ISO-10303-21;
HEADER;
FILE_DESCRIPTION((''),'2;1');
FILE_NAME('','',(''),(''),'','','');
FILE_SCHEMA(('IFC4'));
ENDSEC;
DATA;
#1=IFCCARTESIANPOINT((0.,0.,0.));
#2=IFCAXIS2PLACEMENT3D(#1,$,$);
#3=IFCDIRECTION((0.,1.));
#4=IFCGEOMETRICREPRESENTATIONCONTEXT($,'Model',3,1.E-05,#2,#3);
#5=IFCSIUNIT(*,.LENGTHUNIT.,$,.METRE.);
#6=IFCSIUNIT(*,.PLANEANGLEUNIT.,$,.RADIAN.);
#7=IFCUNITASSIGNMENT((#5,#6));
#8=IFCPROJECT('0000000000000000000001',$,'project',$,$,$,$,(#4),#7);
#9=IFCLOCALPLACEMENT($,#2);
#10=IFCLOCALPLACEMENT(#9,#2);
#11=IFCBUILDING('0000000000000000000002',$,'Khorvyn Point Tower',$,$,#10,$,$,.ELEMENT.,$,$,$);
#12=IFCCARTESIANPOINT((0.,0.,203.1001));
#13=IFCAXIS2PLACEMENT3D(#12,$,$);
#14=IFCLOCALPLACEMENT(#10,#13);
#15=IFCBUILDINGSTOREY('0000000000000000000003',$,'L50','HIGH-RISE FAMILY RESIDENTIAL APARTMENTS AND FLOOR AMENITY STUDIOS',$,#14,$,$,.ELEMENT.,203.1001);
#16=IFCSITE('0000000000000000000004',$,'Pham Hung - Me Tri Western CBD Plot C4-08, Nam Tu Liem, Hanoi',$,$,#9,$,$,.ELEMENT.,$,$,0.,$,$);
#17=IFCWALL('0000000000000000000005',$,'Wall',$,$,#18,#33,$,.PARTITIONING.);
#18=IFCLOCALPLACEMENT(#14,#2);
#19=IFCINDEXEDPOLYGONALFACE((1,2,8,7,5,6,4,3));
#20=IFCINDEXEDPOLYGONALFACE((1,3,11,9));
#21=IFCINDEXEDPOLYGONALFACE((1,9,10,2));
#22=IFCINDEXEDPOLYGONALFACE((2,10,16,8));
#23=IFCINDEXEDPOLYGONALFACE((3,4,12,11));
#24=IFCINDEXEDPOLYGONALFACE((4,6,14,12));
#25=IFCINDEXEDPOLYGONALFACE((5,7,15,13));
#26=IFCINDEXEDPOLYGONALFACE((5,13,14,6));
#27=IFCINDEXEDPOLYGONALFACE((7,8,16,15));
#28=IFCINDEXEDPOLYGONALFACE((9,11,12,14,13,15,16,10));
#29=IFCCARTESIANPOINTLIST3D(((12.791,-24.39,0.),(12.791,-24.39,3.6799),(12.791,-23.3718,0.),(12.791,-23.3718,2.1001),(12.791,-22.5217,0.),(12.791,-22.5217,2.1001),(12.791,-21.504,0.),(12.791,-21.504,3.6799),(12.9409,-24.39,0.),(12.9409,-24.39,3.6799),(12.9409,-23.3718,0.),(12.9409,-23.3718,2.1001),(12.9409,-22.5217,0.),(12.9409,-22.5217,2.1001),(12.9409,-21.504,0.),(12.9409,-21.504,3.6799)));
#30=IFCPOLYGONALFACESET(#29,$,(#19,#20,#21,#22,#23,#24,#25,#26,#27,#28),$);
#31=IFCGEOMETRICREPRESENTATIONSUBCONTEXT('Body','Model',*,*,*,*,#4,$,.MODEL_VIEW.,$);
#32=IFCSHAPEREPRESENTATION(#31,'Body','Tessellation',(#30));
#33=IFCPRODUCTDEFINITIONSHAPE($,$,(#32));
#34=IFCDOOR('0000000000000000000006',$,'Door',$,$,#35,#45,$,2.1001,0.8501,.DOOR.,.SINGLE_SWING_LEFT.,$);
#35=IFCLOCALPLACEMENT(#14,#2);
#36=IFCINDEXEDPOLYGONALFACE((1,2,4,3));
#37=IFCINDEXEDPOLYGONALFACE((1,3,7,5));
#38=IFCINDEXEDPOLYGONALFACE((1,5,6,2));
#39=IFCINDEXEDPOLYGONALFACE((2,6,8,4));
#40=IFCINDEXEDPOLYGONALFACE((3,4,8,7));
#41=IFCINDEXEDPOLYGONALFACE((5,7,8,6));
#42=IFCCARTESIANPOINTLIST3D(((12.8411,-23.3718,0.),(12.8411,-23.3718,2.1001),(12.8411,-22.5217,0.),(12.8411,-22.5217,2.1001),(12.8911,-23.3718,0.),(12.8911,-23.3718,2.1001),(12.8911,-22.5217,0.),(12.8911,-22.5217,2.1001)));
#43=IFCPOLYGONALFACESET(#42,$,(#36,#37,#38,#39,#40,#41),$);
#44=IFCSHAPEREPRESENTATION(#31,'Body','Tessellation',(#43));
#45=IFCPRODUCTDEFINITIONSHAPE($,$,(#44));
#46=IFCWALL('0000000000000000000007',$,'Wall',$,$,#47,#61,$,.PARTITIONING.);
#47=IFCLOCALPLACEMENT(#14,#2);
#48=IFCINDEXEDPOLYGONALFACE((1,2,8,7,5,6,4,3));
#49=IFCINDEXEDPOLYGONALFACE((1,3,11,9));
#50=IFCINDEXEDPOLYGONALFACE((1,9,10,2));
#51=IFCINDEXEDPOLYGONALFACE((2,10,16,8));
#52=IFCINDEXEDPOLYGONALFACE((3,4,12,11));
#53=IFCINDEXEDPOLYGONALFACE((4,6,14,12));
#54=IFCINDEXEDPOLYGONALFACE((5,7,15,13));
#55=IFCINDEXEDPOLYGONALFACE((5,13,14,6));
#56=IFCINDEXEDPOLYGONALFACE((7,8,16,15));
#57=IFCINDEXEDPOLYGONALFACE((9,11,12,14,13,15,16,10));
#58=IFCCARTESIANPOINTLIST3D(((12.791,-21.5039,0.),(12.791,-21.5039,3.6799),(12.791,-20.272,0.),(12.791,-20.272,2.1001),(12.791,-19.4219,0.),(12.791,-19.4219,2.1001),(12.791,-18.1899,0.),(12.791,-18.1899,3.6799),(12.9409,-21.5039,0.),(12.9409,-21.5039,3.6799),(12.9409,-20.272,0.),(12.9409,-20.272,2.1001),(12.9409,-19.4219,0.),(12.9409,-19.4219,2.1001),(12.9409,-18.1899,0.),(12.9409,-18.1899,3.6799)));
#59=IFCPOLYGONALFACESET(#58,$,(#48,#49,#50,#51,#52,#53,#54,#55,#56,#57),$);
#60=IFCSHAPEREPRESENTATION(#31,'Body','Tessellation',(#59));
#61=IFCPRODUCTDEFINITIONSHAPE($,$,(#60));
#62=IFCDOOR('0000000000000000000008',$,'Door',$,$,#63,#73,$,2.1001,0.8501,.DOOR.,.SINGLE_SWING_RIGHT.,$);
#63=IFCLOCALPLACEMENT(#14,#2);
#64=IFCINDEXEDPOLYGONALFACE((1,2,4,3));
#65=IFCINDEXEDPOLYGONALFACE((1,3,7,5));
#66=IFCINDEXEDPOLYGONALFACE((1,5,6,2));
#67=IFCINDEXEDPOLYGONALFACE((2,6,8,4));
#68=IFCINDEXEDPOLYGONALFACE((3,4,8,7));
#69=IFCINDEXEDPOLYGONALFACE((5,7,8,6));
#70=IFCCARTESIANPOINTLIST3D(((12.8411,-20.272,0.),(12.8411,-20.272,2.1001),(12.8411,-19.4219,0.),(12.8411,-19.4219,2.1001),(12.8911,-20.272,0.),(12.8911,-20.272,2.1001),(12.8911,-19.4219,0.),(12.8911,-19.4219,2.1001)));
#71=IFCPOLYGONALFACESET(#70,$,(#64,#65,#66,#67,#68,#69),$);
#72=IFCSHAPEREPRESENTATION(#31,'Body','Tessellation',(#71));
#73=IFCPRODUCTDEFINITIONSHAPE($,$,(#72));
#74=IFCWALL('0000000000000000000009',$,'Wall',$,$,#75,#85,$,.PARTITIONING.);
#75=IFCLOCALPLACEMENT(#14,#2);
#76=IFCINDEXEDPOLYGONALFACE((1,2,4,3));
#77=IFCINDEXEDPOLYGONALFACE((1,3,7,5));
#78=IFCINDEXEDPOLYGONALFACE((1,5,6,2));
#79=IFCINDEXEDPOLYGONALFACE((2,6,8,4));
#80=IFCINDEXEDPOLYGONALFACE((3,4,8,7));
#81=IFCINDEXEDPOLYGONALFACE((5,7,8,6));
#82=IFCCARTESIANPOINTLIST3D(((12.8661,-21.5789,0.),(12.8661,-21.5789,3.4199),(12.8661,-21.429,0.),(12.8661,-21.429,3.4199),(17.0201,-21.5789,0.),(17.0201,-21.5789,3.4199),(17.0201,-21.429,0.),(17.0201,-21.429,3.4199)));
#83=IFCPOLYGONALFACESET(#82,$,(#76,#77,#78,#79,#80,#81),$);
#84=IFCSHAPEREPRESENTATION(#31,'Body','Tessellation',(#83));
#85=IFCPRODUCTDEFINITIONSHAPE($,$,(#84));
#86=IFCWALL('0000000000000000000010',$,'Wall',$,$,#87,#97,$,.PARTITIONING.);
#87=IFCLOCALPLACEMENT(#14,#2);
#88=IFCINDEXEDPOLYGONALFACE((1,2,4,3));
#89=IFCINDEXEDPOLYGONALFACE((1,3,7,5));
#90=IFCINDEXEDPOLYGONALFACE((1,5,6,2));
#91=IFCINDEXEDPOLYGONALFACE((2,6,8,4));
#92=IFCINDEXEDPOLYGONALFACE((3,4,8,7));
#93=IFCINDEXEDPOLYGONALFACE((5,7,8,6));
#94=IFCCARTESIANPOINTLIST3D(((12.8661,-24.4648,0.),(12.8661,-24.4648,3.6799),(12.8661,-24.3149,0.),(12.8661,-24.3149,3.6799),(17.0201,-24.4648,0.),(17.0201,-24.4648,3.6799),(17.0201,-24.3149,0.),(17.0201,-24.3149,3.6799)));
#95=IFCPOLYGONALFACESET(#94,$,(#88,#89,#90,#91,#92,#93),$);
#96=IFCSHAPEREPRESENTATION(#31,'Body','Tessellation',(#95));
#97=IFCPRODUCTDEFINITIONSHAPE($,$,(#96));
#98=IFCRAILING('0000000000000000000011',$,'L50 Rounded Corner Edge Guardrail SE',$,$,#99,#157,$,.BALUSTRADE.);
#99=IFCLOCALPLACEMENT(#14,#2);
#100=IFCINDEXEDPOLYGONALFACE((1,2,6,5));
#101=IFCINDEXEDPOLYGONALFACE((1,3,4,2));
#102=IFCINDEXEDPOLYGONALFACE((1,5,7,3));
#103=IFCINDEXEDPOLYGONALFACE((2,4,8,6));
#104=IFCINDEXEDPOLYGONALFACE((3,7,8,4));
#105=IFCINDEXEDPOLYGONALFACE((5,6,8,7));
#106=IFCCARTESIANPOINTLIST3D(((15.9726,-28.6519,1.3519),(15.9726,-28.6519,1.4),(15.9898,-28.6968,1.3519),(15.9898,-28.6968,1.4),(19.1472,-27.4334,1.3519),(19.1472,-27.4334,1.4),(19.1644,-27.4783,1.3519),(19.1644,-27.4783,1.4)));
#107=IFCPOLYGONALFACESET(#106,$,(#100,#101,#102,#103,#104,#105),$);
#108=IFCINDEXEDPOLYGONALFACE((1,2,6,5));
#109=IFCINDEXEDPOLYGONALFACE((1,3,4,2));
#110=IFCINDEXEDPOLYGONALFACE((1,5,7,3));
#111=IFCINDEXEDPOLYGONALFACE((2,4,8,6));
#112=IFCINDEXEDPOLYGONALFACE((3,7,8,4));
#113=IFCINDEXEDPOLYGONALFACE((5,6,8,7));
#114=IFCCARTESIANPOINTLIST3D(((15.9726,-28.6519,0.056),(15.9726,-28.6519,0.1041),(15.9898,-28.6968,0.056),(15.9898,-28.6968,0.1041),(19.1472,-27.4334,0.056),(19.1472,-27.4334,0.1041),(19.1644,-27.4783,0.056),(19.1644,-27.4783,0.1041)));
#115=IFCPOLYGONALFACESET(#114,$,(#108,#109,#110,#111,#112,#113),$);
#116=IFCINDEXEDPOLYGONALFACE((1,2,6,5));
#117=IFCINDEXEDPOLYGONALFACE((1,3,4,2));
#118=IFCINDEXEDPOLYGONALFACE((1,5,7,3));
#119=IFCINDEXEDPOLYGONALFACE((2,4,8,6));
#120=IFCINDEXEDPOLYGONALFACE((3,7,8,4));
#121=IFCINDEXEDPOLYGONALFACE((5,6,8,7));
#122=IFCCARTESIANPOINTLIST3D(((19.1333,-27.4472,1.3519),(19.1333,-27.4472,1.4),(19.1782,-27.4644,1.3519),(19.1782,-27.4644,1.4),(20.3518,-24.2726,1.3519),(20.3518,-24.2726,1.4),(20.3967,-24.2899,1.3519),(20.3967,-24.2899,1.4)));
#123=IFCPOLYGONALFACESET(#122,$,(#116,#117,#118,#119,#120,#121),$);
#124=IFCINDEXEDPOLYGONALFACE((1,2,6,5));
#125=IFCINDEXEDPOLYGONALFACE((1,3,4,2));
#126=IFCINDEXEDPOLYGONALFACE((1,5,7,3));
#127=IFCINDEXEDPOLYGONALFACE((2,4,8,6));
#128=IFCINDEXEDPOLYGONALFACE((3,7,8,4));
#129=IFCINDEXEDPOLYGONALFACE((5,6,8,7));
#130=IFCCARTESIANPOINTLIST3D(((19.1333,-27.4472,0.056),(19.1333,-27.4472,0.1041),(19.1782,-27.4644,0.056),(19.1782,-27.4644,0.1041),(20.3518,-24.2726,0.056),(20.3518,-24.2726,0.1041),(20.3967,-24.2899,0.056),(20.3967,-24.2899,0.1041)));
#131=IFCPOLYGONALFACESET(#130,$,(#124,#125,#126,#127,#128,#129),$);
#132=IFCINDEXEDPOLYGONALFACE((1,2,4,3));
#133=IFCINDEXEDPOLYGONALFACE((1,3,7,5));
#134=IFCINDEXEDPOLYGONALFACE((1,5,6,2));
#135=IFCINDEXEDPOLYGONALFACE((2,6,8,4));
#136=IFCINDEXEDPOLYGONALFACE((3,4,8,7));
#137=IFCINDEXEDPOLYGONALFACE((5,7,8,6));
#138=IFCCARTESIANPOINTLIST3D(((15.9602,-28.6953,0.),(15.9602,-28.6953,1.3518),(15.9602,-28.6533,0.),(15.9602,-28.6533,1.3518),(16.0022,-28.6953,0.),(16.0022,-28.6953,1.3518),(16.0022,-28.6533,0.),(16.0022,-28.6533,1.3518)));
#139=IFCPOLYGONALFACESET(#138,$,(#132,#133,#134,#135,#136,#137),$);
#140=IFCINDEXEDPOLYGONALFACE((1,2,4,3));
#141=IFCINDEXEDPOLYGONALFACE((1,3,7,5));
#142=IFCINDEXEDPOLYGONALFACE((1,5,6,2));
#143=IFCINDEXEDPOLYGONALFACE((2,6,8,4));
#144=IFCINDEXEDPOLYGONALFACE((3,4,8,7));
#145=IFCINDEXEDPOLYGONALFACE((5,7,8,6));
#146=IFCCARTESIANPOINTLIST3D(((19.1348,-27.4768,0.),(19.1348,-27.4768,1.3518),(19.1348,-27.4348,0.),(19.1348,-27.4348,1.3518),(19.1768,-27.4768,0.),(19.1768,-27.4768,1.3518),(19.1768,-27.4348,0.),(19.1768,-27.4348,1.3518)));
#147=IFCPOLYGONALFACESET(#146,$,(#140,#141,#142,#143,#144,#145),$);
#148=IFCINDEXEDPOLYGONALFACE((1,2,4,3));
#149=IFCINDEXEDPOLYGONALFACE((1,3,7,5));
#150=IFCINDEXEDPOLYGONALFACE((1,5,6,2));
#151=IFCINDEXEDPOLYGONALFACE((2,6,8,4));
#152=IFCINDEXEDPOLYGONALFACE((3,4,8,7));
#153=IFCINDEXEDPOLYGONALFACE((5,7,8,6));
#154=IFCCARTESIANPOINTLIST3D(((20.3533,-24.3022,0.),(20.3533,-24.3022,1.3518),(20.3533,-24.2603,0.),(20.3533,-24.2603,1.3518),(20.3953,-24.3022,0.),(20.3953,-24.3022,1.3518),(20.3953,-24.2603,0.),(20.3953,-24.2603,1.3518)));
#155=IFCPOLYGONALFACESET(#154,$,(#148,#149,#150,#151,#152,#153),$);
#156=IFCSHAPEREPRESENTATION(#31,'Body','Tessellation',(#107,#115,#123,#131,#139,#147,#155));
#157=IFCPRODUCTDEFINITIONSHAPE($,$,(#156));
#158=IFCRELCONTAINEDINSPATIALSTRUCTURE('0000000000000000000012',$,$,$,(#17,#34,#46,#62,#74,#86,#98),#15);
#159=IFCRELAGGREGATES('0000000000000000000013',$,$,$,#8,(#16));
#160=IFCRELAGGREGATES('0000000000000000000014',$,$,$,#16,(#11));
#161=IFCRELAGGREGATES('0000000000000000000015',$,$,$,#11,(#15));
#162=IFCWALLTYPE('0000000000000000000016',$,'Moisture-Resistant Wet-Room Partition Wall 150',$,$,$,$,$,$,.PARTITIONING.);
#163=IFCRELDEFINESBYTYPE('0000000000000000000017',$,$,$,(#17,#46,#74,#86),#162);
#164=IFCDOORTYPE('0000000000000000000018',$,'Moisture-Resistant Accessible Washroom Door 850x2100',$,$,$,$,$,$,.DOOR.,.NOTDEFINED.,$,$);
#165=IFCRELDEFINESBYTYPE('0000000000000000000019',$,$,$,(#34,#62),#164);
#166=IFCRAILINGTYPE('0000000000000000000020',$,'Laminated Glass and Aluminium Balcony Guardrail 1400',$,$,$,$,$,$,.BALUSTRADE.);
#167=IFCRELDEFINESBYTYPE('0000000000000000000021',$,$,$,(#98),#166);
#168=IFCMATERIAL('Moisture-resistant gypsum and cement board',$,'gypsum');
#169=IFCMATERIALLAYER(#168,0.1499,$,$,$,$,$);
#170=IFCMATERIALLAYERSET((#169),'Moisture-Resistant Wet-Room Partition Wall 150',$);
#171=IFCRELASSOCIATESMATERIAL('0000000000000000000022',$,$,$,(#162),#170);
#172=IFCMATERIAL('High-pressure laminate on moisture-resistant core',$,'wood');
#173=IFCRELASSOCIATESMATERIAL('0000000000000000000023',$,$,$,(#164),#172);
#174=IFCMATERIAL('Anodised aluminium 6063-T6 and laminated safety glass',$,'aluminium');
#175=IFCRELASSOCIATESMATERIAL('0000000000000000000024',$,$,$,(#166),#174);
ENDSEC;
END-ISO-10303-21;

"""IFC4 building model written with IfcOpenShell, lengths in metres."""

from ifc_helpers import new_model, si_unit, direction, frame, frame_2d, origin, origin_2d, place, context, subcontext, project, spatial, rectangle, extrude, material, layer, layer_set, type_object, element, fill, save


model = new_model("IFC4")

# Units and contexts
model_context = context("Model", 3, precision=1e-05, world=origin(), true_north=direction((0.0, 1.0)))
body_context = subcontext(model_context, "Body", "Model", "MODEL_VIEW")
ifc_project = project(units=[si_unit("LENGTHUNIT", "METRE"), si_unit("PLANEANGLEUNIT", "RADIAN")], contexts=[model_context])

# Site, building, storey
site_placement = place(None, origin())
site = spatial("IfcSite", under=ifc_project, at=site_placement, Name="Pham Hung - Me Tri Western CBD Plot C4-08, Nam Tu Liem, Hanoi", CompositionType="ELEMENT", RefElevation=0.0)
building_placement = place(site_placement, origin())
building = spatial("IfcBuilding", under=site, at=building_placement, Name="Khorvyn Point Tower", CompositionType="ELEMENT")
storey_placement = place(building_placement, frame((0.0, 0.0, 203.1001)))
storey = spatial("IfcBuildingStorey", under=building, at=storey_placement, Name="L50", Description="HIGH-RISE FAMILY RESIDENTIAL APARTMENTS AND FLOOR AMENITY STUDIOS", CompositionType="ELEMENT", Elevation=203.1001)

# Walls, openings, doors
ifc_material_1 = material(Name="Moisture-resistant gypsum and cement board", Category="gypsum")
ifc_layer_1 = layer(ifc_material_1, 0.1499)
ifc_layer_set_1 = layer_set([ifc_layer_1], Name="Moisture-Resistant Wet-Room Partition Wall 150")
wall_type_1 = type_object("IfcWallType", Name="Moisture-Resistant Wet-Room Partition Wall 150", PredefinedType="PARTITIONING", material=ifc_layer_set_1)
wall_1_placement = place(storey_placement, frame((12.866, -24.3899, 0.0), z_axis=(0.0, 0.0, 1.0), x_axis=(0.0, 1.0, 0.0)))
wall_1 = element("IfcWall", 1, at=wall_1_placement, inside=storey, type_object=wall_type_1, Name="Wall", PredefinedType="PARTITIONING", context=body_context, shape_type="SweptSolid", body=[
    extrude(rectangle(XDim=2.886, YDim=0.1499, at=frame_2d((1.4429, 0.0))), origin(), (0.0, 0.0, 1.0), 3.6799),
])
opening_1_placement = place(wall_1_placement, frame((1.0181, 0.0, 0.0)))
opening_1 = element("IfcOpeningElement", 2, at=opening_1_placement, cuts=wall_1, PredefinedType="OPENING", context=body_context, shape_type="SweptSolid", body=[
    extrude(rectangle(XDim=0.8501, YDim=2.1001, at=frame_2d((0.425, 1.05))), frame((0.0, 0.085, 0.0), z_axis=(0.0, -1.0, 0.0), x_axis=(1.0, 0.0, 0.0)), (0.0, 0.0, 1.0), 0.1699),
])
ifc_material_2 = material(Name="High-pressure laminate on moisture-resistant core", Category="wood")
door_type_1 = type_object("IfcDoorType", Name="Moisture-Resistant Accessible Washroom Door 850x2100", OperationType="NOTDEFINED", PredefinedType="DOOR", material=ifc_material_2)
door_1_placement = place(opening_1_placement, origin())
door_1 = element("IfcDoor", 3, at=door_1_placement, inside=storey, type_object=door_type_1, Name="Door", OperationType="SINGLE_SWING_LEFT", OverallHeight=2.1001, OverallWidth=0.8501, PredefinedType="DOOR", context=body_context, shape_type="SweptSolid", body=[
    extrude(rectangle(XDim=0.8501, YDim=2.1001, at=frame_2d((0.425, 1.05))), frame((0.0, 0.0249, 0.0), z_axis=(0.0, -1.0, 0.0), x_axis=(1.0, 0.0, 0.0)), (0.0, 0.0, 1.0), 0.05),
])
fill(opening_1, door_1)
wall_2_placement = place(storey_placement, frame((12.866, -21.5039, 0.0), z_axis=(0.0, 0.0, 1.0), x_axis=(0.0, 1.0, 0.0)))
wall_2 = element("IfcWall", 4, at=wall_2_placement, inside=storey, type_object=wall_type_1, Name="Wall", PredefinedType="PARTITIONING", context=body_context, shape_type="SweptSolid", body=[
    extrude(rectangle(XDim=3.314, YDim=0.1499, at=frame_2d((1.657, 0.0))), origin(), (0.0, 0.0, 1.0), 3.6799),
])
opening_2_placement = place(wall_2_placement, frame((1.2319, 0.0, 0.0)))
opening_2 = element("IfcOpeningElement", 5, at=opening_2_placement, cuts=wall_2, PredefinedType="OPENING", context=body_context, shape_type="SweptSolid", body=[
    extrude(rectangle(XDim=0.8501, YDim=2.1001, at=frame_2d((0.425, 1.05))), frame((0.0, 0.085, 0.0), z_axis=(0.0, -1.0, 0.0), x_axis=(1.0, 0.0, 0.0)), (0.0, 0.0, 1.0), 0.1699),
])
door_2_placement = place(opening_2_placement, origin())
door_2 = element("IfcDoor", 6, at=door_2_placement, inside=storey, type_object=door_type_1, Name="Door", OperationType="SINGLE_SWING_RIGHT", OverallHeight=2.1001, OverallWidth=0.8501, PredefinedType="DOOR", context=body_context, shape_type="SweptSolid", body=[
    extrude(rectangle(XDim=0.8501, YDim=2.1001, at=frame_2d((0.425, 1.05))), frame((0.0, 0.0249, 0.0), z_axis=(0.0, -1.0, 0.0), x_axis=(1.0, 0.0, 0.0)), (0.0, 0.0, 1.0), 0.05),
])
fill(opening_2, door_2)

# Walls
wall_3_placement = place(storey_placement, frame((12.866, -21.5039, 0.0), z_axis=(0.0, 0.0, 1.0), x_axis=(1.0, 0.0, 0.0)))
element("IfcWall", 7, at=wall_3_placement, inside=storey, type_object=wall_type_1, Name="Wall", PredefinedType="PARTITIONING", context=body_context, shape_type="SweptSolid", body=[
    extrude(rectangle(XDim=4.1541, YDim=0.1499, at=frame_2d((2.0771, 0.0))), origin(), (0.0, 0.0, 1.0), 3.4199),
])
wall_4_placement = place(storey_placement, frame((12.866, -24.3899, 0.0), z_axis=(0.0, 0.0, 1.0), x_axis=(1.0, 0.0, 0.0)))
element("IfcWall", 8, at=wall_4_placement, inside=storey, type_object=wall_type_1, Name="Wall", PredefinedType="PARTITIONING", context=body_context, shape_type="SweptSolid", body=[
    extrude(rectangle(XDim=4.1541, YDim=0.1499, at=frame_2d((2.0771, 0.0))), origin(), (0.0, 0.0, 1.0), 3.6799),
])

# Railing
ifc_material_3 = material(Name="Anodised aluminium 6063-T6 and laminated safety glass", Category="aluminium")
railing_type = type_object("IfcRailingType", Name="Laminated Glass and Aluminium Balcony Guardrail 1400", PredefinedType="BALUSTRADE", material=ifc_material_3)
railing_1_placement = place(storey_placement, frame((15.9812, -28.6743, 0.0)))
element("IfcRailing", 9, at=railing_1_placement, inside=storey, type_object=railing_type, Name="L50 Rounded Corner Edge Guardrail SE", PredefinedType="BALUSTRADE", context=body_context, shape_type="SweptSolid", body=[
    extrude(rectangle(XDim=0.0481, YDim=0.0481, at=origin_2d()), frame((0.0, 0.0, 1.376), z_axis=(0.93359, 0.358344, 0.0), x_axis=(-0.358344, 0.93359, 0.0)), (0.0, 0.0, 1.0), 3.4004),
    extrude(rectangle(XDim=0.0481, YDim=0.0481, at=origin_2d()), frame((0.0, 0.0, 0.0801), z_axis=(0.93359, 0.358344, 0.0), x_axis=(-0.358344, 0.93359, 0.0)), (0.0, 0.0, 1.0), 3.4004),
    extrude(rectangle(XDim=0.0481, YDim=0.0481, at=origin_2d()), frame((3.1746, 1.2185, 1.376), z_axis=(0.358344, 0.93359, 0.0), x_axis=(-0.93359, 0.358344, 0.0)), (0.0, 0.0, 1.0), 3.4004),
    extrude(rectangle(XDim=0.0481, YDim=0.0481, at=origin_2d()), frame((3.1746, 1.2185, 0.0801), z_axis=(0.358344, 0.93359, 0.0), x_axis=(-0.93359, 0.358344, 0.0)), (0.0, 0.0, 1.0), 3.4004),
    extrude(rectangle(XDim=0.042, YDim=0.042, at=origin_2d()), origin(), (0.0, 0.0, 1.0), 1.3518),
    extrude(rectangle(XDim=0.042, YDim=0.042, at=origin_2d()), frame((3.1746, 1.2185, 0.0)), (0.0, 0.0, 1.0), 1.3518),
    extrude(rectangle(XDim=0.042, YDim=0.042, at=origin_2d()), frame((4.3931, 4.3931, 0.0)), (0.0, 0.0, 1.0), 1.3518),
])

save(model, "model.ifc")
